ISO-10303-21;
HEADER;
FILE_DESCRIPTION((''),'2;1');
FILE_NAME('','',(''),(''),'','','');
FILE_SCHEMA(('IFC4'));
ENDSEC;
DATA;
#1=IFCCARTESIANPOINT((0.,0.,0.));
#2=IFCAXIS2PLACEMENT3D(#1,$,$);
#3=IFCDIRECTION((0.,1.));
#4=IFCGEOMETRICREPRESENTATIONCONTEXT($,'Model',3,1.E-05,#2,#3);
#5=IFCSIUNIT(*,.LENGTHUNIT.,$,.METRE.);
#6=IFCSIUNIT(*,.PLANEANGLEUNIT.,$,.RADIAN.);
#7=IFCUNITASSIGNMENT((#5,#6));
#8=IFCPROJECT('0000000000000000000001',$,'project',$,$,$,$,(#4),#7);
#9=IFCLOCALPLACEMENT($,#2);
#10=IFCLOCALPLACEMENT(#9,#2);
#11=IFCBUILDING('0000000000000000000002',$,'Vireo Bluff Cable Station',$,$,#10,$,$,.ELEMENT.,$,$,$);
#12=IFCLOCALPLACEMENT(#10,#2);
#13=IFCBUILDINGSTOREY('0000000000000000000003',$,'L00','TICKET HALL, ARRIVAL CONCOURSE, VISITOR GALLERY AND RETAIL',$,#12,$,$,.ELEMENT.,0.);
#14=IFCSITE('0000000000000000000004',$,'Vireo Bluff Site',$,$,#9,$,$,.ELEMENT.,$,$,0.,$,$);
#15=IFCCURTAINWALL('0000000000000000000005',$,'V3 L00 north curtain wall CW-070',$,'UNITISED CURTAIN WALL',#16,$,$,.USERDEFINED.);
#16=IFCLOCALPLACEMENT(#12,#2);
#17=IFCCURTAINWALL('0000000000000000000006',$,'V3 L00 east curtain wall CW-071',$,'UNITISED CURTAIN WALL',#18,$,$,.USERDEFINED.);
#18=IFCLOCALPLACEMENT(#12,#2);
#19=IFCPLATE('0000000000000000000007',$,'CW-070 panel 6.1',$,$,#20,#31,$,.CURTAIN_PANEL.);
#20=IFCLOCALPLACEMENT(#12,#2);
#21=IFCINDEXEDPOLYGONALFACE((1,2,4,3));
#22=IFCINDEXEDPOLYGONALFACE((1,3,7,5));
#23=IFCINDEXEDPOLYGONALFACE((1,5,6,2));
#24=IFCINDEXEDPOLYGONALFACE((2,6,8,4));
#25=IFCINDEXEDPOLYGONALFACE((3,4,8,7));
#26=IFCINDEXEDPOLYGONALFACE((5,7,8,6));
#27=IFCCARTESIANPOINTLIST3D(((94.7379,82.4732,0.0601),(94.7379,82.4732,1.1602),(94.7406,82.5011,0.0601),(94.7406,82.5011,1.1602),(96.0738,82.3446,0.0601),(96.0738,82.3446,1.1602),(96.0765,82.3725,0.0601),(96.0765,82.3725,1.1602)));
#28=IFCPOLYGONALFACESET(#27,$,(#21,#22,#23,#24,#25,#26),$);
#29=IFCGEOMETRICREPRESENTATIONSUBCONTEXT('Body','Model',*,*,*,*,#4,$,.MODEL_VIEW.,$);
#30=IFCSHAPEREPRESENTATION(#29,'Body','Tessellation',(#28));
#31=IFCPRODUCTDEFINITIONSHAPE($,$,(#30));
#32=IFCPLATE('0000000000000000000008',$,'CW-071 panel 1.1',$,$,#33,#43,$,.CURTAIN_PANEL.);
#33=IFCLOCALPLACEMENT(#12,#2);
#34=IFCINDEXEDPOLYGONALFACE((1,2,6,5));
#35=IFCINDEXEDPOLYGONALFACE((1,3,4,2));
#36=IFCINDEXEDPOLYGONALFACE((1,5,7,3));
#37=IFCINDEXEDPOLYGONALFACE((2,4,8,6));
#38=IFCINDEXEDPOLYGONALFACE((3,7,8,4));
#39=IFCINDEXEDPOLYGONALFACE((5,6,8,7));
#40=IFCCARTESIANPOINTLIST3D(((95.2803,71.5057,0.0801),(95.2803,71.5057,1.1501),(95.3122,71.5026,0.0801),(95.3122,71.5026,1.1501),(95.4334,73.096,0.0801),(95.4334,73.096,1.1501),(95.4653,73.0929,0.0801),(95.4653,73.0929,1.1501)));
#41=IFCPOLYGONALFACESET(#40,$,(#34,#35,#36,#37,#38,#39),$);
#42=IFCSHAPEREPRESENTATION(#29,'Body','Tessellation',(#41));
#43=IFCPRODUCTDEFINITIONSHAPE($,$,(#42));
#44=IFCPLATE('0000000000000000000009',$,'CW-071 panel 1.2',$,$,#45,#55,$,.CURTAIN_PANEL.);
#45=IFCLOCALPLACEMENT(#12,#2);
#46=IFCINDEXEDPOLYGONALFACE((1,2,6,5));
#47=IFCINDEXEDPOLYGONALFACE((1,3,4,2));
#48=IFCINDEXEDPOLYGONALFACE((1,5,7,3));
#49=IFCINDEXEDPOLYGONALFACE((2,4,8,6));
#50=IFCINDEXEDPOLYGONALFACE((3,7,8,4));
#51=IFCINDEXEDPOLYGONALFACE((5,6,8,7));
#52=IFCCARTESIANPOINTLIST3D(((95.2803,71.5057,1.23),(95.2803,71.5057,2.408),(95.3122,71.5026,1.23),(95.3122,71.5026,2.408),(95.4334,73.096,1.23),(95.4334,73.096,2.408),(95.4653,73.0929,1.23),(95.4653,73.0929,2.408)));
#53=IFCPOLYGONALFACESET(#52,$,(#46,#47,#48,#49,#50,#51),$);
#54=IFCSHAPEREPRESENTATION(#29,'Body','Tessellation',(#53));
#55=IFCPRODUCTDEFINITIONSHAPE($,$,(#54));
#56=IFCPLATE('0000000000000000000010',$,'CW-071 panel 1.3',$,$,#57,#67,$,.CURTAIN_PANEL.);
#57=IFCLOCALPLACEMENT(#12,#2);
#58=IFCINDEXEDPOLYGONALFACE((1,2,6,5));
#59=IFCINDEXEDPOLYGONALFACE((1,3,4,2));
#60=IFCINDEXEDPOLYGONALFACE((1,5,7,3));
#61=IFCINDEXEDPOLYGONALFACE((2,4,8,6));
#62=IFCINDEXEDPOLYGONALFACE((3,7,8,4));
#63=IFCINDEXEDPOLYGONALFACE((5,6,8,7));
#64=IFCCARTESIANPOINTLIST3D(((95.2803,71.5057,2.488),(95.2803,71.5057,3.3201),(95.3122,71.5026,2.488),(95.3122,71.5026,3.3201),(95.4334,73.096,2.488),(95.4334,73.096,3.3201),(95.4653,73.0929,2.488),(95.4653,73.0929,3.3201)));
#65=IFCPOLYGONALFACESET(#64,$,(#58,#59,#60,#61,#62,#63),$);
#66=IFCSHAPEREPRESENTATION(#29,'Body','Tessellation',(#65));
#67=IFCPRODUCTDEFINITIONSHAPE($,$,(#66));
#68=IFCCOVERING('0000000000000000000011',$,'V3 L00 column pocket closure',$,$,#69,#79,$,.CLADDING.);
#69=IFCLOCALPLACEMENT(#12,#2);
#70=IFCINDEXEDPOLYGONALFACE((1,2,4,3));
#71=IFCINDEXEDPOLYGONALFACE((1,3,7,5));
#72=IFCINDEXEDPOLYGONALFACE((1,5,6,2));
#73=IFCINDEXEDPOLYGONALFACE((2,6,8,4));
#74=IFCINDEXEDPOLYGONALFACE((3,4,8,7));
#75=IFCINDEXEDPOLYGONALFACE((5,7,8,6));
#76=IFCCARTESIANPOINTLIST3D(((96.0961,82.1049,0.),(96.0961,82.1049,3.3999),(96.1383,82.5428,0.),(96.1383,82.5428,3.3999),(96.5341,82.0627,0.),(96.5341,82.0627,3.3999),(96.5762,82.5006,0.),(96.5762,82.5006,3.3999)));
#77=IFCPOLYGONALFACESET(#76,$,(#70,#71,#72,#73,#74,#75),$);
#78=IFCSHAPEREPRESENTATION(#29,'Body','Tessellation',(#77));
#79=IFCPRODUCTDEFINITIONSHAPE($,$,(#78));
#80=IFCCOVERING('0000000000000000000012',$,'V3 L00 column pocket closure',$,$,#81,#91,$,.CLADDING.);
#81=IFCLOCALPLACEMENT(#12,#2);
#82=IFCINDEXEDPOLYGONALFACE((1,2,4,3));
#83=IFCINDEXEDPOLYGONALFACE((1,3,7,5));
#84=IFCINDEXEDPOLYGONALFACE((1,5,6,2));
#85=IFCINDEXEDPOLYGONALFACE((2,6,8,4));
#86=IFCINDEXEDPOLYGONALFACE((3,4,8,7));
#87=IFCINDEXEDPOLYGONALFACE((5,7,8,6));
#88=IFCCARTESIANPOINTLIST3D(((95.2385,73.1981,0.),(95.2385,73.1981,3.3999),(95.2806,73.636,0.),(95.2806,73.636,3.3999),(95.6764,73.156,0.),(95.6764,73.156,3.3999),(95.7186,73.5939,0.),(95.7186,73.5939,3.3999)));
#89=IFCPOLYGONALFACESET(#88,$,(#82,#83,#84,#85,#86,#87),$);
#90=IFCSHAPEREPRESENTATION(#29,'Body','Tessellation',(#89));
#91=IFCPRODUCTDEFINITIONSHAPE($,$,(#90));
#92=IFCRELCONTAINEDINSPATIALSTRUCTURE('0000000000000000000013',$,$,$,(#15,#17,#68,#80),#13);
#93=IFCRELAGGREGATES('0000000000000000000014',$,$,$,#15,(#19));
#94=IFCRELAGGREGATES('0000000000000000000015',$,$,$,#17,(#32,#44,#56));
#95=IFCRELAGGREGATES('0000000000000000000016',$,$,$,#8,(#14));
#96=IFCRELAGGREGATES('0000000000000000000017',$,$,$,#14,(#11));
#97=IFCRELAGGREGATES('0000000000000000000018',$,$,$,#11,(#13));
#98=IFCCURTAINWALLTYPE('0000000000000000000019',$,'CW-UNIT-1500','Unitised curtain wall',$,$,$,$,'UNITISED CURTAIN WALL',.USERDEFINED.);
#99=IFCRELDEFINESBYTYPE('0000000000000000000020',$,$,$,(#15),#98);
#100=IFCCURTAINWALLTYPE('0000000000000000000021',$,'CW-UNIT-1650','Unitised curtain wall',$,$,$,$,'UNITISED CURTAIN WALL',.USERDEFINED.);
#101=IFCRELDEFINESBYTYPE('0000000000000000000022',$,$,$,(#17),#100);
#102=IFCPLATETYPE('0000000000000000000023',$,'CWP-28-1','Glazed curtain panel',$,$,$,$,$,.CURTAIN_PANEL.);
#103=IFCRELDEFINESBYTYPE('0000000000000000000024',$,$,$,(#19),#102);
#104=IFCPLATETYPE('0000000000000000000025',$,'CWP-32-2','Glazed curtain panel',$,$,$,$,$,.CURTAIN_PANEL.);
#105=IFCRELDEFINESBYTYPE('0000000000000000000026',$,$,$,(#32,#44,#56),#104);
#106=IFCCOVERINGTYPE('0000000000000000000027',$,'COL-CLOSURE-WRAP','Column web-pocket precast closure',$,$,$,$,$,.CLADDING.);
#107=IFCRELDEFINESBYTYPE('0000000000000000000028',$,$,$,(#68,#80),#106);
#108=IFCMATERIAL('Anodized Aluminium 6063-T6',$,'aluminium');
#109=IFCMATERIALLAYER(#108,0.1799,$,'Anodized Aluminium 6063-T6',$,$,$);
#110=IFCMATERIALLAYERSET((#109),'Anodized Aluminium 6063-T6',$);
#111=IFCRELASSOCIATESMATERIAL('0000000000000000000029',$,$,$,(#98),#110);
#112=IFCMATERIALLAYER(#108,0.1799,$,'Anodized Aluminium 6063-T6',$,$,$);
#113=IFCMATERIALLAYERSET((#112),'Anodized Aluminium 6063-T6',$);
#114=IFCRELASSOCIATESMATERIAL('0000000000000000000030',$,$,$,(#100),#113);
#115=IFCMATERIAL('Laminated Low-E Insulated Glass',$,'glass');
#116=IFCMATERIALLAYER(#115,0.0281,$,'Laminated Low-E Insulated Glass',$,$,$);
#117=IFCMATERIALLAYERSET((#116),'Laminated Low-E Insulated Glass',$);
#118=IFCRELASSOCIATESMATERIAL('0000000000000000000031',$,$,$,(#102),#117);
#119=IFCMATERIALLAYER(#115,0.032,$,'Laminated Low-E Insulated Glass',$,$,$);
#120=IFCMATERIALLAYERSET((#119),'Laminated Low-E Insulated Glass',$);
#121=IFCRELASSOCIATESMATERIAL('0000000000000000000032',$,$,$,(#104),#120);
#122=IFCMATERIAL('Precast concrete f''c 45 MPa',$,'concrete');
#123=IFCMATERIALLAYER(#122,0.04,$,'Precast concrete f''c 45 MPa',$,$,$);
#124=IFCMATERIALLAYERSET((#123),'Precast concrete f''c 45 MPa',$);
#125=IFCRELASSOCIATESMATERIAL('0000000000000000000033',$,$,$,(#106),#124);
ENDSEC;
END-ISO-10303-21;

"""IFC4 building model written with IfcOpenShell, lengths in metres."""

from ifc_helpers import new_model, si_unit, direction, frame, origin, origin_2d, place, context, subcontext, project, spatial, rectangle, extrude, material, layer, layer_set, type_object, element, aggregate, save


model = new_model("IFC4")

# Units and contexts
model_context = context("Model", 3, precision=1e-05, world=origin(), true_north=direction((0.0, 1.0)))
body_context = subcontext(model_context, "Body", "Model", "MODEL_VIEW")
ifc_project = project(units=[si_unit("LENGTHUNIT", "METRE"), si_unit("PLANEANGLEUNIT", "RADIAN")], contexts=[model_context])

# Site, building, storey
site_placement = place(None, origin())
site = spatial("IfcSite", under=ifc_project, at=site_placement, Name="Vireo Bluff Site", CompositionType="ELEMENT", RefElevation=0.0)
building_placement = place(site_placement, origin())
building = spatial("IfcBuilding", under=site, at=building_placement, Name="Vireo Bluff Cable Station", CompositionType="ELEMENT")
storey_placement = place(building_placement, origin())
storey = spatial("IfcBuildingStorey", under=building, at=storey_placement, Name="L00", Description="TICKET HALL, ARRIVAL CONCOURSE, VISITOR GALLERY AND RETAIL", CompositionType="ELEMENT", Elevation=0.0)

# Curtain wall
ifc_material_1 = material(Name="Anodized Aluminium 6063-T6", Category="aluminium")
ifc_layer_1 = layer(ifc_material_1, 0.1799, Name="Anodized Aluminium 6063-T6")
ifc_layer_set_1 = layer_set([ifc_layer_1], Name="Anodized Aluminium 6063-T6")
curtain_wall_type_1 = type_object("IfcCurtainWallType", Name="CW-UNIT-1500", Description="Unitised curtain wall", ElementType="UNITISED CURTAIN WALL", PredefinedType="USERDEFINED", material=ifc_layer_set_1)
curtain_wall_1_placement = place(storey_placement, origin())
curtain_wall_1 = element("IfcCurtainWall", 1, at=curtain_wall_1_placement, inside=storey, type_object=curtain_wall_type_1, Name="V3 L00 north curtain wall CW-070", ObjectType="UNITISED CURTAIN WALL", PredefinedType="USERDEFINED")

# Curtain wall
ifc_layer_2 = layer(ifc_material_1, 0.1799, Name="Anodized Aluminium 6063-T6")
ifc_layer_set_2 = layer_set([ifc_layer_2], Name="Anodized Aluminium 6063-T6")
curtain_wall_type_2 = type_object("IfcCurtainWallType", Name="CW-UNIT-1650", Description="Unitised curtain wall", ElementType="UNITISED CURTAIN WALL", PredefinedType="USERDEFINED", material=ifc_layer_set_2)
curtain_wall_2_placement = place(storey_placement, origin())
curtain_wall_2 = element("IfcCurtainWall", 2, at=curtain_wall_2_placement, inside=storey, type_object=curtain_wall_type_2, Name="V3 L00 east curtain wall CW-071", ObjectType="UNITISED CURTAIN WALL", PredefinedType="USERDEFINED")

# Plates
ifc_material_2 = material(Name="Laminated Low-E Insulated Glass", Category="glass")
ifc_layer_3 = layer(ifc_material_2, 0.0281, Name="Laminated Low-E Insulated Glass")
ifc_layer_set_3 = layer_set([ifc_layer_3], Name="Laminated Low-E Insulated Glass")
plate_type_1 = type_object("IfcPlateType", Name="CWP-28-1", Description="Glazed curtain panel", PredefinedType="CURTAIN_PANEL", material=ifc_layer_set_3)
plate_1_placement = place(storey_placement, frame((95.4072, 82.4229, 0.0601), z_axis=(0.0, 0.0, 1.0), x_axis=(0.995396, -0.095846, 0.0)))
plate_1 = element("IfcPlate", 3, at=plate_1_placement, type_object=plate_type_1, Name="CW-070 panel 6.1", PredefinedType="CURTAIN_PANEL", context=body_context, shape_type="SweptSolid", body=[
    extrude(rectangle(XDim=1.342, YDim=0.0281, at=origin_2d()), origin(), (0.0, 0.0, 1.0), 1.1001),
])
aggregate(curtain_wall_1, [plate_1])
ifc_layer_4 = layer(ifc_material_2, 0.032, Name="Laminated Low-E Insulated Glass")
ifc_layer_set_4 = layer_set([ifc_layer_4], Name="Laminated Low-E Insulated Glass")
plate_type_2 = type_object("IfcPlateType", Name="CWP-32-2", Description="Glazed curtain panel", PredefinedType="CURTAIN_PANEL", material=ifc_layer_set_4)
plate_2_placement = place(storey_placement, frame((95.3728, 72.2993, 0.0801), z_axis=(0.0, 0.0, 1.0), x_axis=(-0.095846, -0.995396, 0.0)))
plate_2 = element("IfcPlate", 4, at=plate_2_placement, type_object=plate_type_2, Name="CW-071 panel 1.1", PredefinedType="CURTAIN_PANEL", context=body_context, shape_type="SweptSolid", body=[
    extrude(rectangle(XDim=1.5977, YDim=0.032, at=origin_2d()), origin(), (0.0, 0.0, 1.0), 1.0701),
])
plate_3_placement = place(storey_placement, frame((95.3728, 72.2993, 1.23), z_axis=(0.0, 0.0, 1.0), x_axis=(-0.095846, -0.995396, 0.0)))
plate_3 = element("IfcPlate", 5, at=plate_3_placement, type_object=plate_type_2, Name="CW-071 panel 1.2", PredefinedType="CURTAIN_PANEL", context=body_context, shape_type="SweptSolid", body=[
    extrude(rectangle(XDim=1.5977, YDim=0.032, at=origin_2d()), origin(), (0.0, 0.0, 1.0), 1.178),
])
plate_4_placement = place(storey_placement, frame((95.3728, 72.2993, 2.488), z_axis=(0.0, 0.0, 1.0), x_axis=(-0.095846, -0.995396, 0.0)))
plate_4 = element("IfcPlate", 6, at=plate_4_placement, type_object=plate_type_2, Name="CW-071 panel 1.3", PredefinedType="CURTAIN_PANEL", context=body_context, shape_type="SweptSolid", body=[
    extrude(rectangle(XDim=1.5977, YDim=0.032, at=origin_2d()), origin(), (0.0, 0.0, 1.0), 0.832),
])
aggregate(curtain_wall_2, [plate_2, plate_3, plate_4])

# Shared definitions
ifc_material_3 = material(Name="Precast concrete f'c 45 MPa", Category="concrete")

# Coverings
ifc_layer_5 = layer(ifc_material_3, 0.04, Name="Precast concrete f'c 45 MPa")
ifc_layer_set_5 = layer_set([ifc_layer_5], Name="Precast concrete f'c 45 MPa")
covering_type = type_object("IfcCoveringType", Name="COL-CLOSURE-WRAP", Description="Column web-pocket precast closure", PredefinedType="CLADDING", material=ifc_layer_set_5)
for number, where, z_axis, x_axis, name in (
    (7, (96.3362, 82.3027, 0.0), (0.0, 0.0, 1.0), (0.995396, -0.095846, 0.0), "V3 L00 column pocket closure"),
    (8, (95.4785, 73.396, 0.0), (0.0, 0.0, 1.0), (0.995396, -0.095846, 0.0), "V3 L00 column pocket closure"),
):
    element("IfcCovering", number, at=place(storey_placement, frame(where, z_axis=z_axis, x_axis=x_axis)), inside=storey, type_object=covering_type, Name=name, PredefinedType="CLADDING", context=body_context, shape_type="SweptSolid", body=[
        extrude(rectangle(XDim=0.4399, YDim=0.4399, at=origin_2d()), origin(), (0.0, 0.0, 1.0), 3.3999),
    ])

save(model, "model.ifc")
